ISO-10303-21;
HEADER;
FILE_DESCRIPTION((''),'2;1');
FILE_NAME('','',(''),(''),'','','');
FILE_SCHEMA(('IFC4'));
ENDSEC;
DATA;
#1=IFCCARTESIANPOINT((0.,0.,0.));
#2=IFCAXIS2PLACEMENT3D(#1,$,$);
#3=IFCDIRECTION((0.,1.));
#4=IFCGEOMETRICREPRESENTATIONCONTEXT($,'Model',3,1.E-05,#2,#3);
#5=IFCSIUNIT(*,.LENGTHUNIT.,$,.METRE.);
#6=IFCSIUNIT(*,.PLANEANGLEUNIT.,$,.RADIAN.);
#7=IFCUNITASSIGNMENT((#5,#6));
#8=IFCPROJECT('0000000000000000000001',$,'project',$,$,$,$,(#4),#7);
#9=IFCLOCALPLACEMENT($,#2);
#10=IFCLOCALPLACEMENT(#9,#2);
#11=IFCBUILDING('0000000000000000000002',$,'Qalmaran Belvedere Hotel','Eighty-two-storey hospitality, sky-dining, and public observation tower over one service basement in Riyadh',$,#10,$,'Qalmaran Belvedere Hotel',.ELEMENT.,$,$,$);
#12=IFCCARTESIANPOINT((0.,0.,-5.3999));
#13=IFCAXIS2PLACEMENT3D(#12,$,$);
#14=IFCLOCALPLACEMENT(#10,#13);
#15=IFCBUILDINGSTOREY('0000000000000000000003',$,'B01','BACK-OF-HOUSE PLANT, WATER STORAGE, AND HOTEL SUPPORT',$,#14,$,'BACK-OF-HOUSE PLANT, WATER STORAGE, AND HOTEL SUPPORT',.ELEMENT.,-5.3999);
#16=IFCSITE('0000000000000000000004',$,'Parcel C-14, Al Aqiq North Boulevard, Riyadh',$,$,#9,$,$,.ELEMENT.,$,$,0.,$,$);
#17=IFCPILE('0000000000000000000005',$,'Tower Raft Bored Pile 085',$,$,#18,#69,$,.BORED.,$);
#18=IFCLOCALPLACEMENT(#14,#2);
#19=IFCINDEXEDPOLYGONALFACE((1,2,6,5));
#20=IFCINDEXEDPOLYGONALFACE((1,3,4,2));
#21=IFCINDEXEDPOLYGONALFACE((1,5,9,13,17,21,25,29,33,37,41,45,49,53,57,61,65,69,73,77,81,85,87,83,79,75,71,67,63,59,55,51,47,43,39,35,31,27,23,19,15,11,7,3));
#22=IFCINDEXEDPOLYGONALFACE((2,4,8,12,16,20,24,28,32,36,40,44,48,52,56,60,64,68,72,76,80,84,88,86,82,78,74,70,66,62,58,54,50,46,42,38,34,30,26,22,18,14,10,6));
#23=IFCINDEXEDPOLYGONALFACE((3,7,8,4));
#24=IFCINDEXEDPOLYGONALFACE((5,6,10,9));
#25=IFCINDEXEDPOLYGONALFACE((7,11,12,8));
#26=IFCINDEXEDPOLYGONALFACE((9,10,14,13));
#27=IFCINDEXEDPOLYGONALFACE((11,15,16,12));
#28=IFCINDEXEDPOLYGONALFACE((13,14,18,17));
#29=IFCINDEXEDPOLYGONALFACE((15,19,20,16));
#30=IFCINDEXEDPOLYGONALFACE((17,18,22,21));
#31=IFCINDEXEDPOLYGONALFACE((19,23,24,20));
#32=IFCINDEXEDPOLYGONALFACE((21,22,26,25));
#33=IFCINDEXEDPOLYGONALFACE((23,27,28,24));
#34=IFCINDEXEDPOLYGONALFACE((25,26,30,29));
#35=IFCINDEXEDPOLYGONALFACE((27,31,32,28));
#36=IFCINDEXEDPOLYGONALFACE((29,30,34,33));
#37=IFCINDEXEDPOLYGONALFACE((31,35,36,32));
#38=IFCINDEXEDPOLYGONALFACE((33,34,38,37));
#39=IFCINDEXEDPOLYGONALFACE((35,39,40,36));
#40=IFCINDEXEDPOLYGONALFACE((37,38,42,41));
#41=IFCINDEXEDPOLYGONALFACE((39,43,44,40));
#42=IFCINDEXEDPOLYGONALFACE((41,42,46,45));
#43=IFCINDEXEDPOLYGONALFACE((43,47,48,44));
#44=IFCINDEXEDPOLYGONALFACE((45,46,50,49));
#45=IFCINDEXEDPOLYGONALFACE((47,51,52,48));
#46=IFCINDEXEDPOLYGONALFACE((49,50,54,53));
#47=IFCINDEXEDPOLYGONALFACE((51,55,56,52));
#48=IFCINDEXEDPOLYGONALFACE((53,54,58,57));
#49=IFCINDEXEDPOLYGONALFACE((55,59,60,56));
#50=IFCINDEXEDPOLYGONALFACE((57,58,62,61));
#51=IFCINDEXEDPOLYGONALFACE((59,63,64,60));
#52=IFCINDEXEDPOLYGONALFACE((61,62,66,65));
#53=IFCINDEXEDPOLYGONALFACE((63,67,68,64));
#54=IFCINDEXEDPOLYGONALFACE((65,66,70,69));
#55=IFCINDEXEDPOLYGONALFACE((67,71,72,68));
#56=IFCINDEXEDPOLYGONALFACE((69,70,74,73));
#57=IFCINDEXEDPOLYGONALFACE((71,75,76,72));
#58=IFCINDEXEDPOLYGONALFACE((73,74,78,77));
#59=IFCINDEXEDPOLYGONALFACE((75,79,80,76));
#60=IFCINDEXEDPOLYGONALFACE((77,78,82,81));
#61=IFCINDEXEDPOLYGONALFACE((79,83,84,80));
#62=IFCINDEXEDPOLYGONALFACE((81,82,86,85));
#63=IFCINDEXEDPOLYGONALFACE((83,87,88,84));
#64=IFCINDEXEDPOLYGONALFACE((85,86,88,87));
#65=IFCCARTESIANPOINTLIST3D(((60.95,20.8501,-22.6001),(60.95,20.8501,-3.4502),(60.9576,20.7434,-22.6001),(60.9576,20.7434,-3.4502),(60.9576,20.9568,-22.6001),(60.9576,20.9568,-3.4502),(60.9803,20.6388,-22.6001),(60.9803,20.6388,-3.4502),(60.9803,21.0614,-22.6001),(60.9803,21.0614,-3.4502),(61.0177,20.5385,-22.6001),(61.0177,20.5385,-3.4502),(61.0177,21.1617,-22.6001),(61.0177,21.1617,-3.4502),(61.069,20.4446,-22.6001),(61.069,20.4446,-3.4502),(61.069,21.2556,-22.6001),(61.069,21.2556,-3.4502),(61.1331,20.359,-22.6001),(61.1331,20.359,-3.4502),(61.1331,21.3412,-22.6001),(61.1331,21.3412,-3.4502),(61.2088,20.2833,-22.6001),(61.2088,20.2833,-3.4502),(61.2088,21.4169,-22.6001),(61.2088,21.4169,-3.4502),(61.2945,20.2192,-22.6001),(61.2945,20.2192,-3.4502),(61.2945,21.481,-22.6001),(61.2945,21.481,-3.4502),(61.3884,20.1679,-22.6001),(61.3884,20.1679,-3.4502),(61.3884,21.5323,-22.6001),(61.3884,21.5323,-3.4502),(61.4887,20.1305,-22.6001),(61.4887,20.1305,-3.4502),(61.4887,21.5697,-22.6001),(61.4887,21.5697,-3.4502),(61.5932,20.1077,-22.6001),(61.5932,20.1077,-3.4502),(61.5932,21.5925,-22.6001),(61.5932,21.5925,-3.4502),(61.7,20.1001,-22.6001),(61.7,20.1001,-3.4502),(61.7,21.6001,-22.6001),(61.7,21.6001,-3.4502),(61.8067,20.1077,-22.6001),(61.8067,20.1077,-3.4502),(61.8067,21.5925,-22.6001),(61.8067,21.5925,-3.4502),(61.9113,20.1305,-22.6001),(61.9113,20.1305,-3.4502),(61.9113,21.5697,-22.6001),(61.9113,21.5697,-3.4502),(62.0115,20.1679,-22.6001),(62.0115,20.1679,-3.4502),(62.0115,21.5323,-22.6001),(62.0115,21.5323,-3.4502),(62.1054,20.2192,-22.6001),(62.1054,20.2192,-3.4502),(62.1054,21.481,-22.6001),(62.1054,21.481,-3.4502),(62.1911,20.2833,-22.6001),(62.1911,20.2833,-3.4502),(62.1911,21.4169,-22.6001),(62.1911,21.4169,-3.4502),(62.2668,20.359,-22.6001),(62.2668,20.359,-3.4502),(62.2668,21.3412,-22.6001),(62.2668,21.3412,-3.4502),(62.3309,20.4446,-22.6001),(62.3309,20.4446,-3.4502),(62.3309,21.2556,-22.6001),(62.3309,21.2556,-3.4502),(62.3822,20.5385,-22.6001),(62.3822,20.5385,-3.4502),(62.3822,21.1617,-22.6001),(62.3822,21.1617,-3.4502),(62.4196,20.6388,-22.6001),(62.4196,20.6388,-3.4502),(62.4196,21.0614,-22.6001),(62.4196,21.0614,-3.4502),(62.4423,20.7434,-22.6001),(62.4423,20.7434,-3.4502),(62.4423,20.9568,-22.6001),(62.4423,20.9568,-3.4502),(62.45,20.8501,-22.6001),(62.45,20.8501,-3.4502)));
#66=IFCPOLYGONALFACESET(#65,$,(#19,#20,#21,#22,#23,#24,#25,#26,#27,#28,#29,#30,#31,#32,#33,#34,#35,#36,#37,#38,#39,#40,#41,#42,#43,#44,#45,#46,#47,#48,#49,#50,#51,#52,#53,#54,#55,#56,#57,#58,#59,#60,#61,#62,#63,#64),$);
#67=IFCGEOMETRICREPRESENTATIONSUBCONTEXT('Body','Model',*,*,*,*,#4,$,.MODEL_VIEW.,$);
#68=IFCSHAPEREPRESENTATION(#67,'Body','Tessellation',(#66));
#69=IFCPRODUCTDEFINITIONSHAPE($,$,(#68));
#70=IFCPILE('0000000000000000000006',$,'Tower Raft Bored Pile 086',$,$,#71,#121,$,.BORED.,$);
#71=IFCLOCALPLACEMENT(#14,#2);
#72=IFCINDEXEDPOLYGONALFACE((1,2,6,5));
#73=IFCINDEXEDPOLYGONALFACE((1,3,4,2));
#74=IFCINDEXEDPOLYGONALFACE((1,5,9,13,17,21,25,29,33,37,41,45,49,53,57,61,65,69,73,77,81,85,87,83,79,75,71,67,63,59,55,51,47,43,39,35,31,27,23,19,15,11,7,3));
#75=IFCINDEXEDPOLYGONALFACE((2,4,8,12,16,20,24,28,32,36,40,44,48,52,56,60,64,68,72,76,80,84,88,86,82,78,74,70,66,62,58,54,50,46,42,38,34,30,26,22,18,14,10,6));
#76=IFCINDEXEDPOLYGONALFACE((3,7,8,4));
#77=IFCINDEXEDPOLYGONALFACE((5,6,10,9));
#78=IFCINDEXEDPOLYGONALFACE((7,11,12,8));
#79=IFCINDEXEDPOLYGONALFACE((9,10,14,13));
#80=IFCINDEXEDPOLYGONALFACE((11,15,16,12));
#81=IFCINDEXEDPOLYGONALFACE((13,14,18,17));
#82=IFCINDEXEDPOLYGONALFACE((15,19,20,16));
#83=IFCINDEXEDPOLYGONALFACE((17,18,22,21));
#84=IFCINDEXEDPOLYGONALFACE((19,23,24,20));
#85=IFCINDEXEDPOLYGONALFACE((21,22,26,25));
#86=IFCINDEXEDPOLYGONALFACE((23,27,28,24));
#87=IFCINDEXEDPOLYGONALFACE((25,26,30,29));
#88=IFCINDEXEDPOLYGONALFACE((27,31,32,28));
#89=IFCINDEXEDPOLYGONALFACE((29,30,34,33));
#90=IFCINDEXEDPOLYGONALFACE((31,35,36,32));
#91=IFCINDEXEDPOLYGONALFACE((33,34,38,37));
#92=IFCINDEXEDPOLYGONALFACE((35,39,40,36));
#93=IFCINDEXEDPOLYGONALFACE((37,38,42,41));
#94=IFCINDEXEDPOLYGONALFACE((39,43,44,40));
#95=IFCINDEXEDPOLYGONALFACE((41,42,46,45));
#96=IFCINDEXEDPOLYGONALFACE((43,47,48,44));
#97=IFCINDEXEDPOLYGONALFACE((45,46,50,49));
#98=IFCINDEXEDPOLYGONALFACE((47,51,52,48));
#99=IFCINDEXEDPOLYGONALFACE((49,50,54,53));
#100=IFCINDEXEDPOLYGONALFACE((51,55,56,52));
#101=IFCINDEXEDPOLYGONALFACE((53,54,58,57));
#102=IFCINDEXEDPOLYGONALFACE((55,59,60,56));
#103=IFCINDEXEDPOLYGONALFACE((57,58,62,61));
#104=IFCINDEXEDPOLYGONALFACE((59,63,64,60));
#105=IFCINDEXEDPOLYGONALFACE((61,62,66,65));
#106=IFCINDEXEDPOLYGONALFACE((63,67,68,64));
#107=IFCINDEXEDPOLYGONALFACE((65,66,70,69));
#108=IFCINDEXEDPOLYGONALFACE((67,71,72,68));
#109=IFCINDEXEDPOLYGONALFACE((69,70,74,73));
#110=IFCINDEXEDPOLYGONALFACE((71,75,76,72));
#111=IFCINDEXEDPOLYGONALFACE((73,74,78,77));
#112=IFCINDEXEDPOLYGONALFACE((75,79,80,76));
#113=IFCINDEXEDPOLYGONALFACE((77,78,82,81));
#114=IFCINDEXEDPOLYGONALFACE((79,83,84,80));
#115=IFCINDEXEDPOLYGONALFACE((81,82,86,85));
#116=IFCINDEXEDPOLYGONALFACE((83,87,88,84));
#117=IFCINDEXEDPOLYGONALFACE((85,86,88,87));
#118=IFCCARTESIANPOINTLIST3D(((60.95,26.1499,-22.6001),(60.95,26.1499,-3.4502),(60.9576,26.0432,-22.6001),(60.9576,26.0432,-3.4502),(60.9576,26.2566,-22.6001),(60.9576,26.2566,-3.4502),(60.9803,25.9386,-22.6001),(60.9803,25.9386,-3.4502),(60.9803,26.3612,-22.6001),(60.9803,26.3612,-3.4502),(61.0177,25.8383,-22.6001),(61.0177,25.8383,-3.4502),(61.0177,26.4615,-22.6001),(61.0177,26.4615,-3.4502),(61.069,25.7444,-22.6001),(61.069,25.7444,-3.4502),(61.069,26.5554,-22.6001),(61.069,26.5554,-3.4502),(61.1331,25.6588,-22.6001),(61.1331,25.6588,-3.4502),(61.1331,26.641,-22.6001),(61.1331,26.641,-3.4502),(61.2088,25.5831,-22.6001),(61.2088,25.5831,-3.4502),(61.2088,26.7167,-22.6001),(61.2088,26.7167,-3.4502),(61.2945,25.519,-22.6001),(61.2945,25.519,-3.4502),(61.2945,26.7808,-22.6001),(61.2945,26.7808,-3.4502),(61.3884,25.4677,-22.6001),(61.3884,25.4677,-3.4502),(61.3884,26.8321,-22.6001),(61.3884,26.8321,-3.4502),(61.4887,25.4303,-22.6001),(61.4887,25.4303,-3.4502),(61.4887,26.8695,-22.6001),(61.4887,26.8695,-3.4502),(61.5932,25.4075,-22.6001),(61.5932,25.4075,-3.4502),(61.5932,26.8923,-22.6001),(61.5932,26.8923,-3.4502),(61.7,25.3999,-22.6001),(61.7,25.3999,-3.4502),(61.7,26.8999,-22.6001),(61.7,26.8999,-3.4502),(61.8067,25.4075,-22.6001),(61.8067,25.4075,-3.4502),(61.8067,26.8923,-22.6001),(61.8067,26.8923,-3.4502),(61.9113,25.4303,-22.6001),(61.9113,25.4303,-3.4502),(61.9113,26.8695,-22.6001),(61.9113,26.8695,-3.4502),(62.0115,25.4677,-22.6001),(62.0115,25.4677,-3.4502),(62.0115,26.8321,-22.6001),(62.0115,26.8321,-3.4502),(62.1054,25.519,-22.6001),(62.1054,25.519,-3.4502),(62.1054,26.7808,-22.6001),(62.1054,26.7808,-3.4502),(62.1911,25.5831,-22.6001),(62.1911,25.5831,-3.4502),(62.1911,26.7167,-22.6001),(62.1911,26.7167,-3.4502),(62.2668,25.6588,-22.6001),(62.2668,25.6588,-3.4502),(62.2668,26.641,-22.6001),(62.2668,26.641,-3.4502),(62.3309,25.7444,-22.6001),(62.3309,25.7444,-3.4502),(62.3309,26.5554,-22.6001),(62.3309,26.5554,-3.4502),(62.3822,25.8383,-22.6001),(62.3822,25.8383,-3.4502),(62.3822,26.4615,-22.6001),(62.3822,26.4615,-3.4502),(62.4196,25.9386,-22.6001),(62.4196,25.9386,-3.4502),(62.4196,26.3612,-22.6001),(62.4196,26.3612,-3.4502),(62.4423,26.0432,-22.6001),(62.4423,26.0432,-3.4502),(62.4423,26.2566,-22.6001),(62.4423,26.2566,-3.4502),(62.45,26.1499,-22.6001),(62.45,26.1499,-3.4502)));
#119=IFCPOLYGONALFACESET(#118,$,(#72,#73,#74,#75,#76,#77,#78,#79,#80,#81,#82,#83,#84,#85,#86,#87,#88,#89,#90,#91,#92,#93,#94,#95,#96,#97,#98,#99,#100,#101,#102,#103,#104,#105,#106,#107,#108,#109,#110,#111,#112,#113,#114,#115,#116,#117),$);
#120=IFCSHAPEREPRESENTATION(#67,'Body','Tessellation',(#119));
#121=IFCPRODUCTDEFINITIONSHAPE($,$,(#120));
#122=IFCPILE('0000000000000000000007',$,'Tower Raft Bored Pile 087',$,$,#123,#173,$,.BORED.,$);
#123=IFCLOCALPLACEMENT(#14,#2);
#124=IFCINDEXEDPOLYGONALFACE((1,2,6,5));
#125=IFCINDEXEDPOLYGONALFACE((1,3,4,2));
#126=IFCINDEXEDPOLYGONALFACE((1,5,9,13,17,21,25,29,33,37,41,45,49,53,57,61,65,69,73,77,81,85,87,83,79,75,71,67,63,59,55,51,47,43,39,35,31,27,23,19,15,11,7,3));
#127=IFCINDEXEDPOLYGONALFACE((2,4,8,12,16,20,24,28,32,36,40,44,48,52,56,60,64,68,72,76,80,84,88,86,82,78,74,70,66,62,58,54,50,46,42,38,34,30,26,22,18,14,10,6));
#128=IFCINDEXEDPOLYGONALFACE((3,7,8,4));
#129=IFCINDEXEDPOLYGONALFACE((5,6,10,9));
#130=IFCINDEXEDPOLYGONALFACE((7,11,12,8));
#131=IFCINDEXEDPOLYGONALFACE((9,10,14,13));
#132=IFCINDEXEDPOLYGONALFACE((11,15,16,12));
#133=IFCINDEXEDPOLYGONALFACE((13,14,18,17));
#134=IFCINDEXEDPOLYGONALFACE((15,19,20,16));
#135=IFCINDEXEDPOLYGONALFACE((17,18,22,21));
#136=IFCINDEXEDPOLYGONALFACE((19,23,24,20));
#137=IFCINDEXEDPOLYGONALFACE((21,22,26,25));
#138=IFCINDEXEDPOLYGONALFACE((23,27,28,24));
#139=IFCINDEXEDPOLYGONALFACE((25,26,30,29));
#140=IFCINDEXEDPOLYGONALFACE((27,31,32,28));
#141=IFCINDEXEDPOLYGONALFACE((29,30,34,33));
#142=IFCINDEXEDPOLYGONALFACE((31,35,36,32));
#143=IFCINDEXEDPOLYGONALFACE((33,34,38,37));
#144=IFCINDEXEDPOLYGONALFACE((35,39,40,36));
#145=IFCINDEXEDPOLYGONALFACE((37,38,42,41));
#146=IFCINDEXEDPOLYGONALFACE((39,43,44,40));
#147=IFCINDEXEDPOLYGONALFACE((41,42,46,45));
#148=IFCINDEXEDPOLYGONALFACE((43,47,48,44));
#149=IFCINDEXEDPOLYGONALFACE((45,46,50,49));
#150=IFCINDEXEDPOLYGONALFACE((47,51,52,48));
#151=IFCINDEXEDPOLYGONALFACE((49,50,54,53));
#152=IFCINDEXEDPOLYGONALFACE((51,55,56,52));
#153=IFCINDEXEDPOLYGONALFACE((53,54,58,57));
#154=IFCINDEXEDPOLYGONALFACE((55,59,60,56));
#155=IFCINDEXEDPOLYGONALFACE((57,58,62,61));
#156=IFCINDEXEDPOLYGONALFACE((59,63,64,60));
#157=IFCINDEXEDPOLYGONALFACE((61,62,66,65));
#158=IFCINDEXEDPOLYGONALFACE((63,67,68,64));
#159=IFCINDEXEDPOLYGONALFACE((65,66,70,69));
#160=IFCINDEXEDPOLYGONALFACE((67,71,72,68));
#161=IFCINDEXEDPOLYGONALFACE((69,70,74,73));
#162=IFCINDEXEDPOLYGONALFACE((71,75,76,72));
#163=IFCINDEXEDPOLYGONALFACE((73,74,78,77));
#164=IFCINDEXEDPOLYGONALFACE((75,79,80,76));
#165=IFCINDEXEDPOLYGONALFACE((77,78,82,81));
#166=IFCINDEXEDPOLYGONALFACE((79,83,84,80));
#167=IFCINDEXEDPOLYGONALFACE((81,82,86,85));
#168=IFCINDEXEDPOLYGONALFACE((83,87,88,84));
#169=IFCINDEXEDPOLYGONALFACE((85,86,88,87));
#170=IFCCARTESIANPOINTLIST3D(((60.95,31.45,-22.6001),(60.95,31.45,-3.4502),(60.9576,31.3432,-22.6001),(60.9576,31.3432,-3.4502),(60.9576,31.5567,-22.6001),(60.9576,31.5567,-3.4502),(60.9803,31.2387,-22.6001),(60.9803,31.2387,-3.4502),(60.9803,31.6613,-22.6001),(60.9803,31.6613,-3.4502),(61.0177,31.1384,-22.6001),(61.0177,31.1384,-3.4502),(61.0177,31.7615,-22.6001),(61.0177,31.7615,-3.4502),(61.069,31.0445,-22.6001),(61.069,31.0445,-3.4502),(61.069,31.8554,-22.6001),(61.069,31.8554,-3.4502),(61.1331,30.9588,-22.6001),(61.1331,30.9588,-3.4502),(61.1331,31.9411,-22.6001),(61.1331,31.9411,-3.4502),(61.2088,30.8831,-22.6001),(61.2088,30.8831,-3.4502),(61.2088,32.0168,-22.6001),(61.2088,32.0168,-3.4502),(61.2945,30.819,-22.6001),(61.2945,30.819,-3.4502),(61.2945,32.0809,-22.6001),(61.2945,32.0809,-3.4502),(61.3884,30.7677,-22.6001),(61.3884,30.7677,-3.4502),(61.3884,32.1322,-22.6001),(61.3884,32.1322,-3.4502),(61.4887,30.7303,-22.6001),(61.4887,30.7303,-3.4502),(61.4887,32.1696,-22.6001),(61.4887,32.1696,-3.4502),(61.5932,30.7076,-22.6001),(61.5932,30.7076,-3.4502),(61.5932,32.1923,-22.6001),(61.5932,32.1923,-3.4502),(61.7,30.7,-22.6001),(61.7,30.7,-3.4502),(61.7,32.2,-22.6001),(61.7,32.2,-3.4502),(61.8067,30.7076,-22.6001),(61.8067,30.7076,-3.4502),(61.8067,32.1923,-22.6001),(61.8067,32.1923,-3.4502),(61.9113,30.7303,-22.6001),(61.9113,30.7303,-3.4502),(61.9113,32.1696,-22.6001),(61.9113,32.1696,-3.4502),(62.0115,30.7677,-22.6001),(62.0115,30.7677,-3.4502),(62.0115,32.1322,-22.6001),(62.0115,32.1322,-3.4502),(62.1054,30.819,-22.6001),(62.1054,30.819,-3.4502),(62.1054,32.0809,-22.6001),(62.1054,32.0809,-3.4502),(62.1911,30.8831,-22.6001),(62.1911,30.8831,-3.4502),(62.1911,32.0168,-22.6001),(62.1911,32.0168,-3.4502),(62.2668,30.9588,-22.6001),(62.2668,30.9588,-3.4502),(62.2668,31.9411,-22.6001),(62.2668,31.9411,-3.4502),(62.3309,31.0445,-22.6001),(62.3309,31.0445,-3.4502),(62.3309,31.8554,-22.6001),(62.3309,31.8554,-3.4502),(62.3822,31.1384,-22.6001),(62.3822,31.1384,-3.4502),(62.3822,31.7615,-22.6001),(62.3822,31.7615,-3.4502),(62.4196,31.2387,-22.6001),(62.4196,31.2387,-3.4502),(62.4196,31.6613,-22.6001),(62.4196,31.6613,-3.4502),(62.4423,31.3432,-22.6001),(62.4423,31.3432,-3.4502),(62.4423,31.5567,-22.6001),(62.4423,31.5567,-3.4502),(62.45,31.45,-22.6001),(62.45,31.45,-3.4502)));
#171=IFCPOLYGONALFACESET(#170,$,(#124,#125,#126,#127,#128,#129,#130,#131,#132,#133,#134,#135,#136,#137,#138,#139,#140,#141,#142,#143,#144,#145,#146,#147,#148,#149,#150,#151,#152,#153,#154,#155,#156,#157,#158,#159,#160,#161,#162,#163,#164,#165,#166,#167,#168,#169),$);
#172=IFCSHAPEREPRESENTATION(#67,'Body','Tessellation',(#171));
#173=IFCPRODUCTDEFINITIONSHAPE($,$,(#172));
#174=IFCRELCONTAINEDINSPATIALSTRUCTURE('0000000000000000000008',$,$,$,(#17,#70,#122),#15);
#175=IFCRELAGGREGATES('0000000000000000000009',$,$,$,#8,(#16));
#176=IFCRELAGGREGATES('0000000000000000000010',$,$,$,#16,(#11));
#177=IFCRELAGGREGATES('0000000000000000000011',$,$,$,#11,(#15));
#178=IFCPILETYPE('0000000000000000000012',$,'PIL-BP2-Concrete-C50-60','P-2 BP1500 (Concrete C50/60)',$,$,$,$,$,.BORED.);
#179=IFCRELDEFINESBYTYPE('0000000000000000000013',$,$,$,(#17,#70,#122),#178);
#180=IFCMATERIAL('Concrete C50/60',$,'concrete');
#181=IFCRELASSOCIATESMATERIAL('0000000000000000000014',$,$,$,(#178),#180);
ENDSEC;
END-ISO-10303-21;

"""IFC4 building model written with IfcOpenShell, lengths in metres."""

from ifc_helpers import new_model, si_unit, direction, frame, origin, origin_2d, place, context, subcontext, project, spatial, circle, extrude, material, material_profile, profile_set, type_object, element, save


model = new_model("IFC4")

# Units and contexts
model_context = context("Model", 3, precision=1e-05, world=origin(), true_north=direction((0.0, 1.0)))
body_context = subcontext(model_context, "Body", "Model", "MODEL_VIEW")
ifc_project = project(units=[si_unit("LENGTHUNIT", "METRE"), si_unit("PLANEANGLEUNIT", "RADIAN")], contexts=[model_context])

# Site, building, storey
site_placement = place(None, origin())
site = spatial("IfcSite", under=ifc_project, at=site_placement, Name="Parcel C-14, Al Aqiq North Boulevard, Riyadh", CompositionType="ELEMENT", RefElevation=0.0)
building_placement = place(site_placement, origin())
building = spatial("IfcBuilding", under=site, at=building_placement, Name="Qalmaran Belvedere Hotel", Description="Eighty-two-storey hospitality, sky-dining, and public observation tower over one service basement in Riyadh", LongName="Qalmaran Belvedere Hotel", CompositionType="ELEMENT")
storey_placement = place(building_placement, frame((0.0, 0.0, -5.3999)))
storey = spatial("IfcBuildingStorey", under=building, at=storey_placement, Name="B01", Description="BACK-OF-HOUSE PLANT, WATER STORAGE, AND HOTEL SUPPORT", LongName="BACK-OF-HOUSE PLANT, WATER STORAGE, AND HOTEL SUPPORT", CompositionType="ELEMENT", Elevation=-5.3999)

# Shared definitions
ifc_material_1 = material(Name="Concrete C50/60", Category="concrete")

# Piles
ifc_material_profile_1 = material_profile(ifc_material_1, circle(Radius=0.75, at=origin_2d()), Name="BP1500")
ifc_profile_set_1 = profile_set([ifc_material_profile_1], Name="Concrete C50/60")
pile_type_1 = type_object("IfcPileType", Name="PIL-BP2-Concrete-C50-60", Description="P-2 BP1500 (Concrete C50/60)", PredefinedType="BORED", material=ifc_profile_set_1)
for number, where, z_axis, x_axis, name in (
    (1, (61.7, 20.8501, -3.4502), (0.0, 0.0, -1.0), (1.0, 0.0, 0.0), "Tower Raft Bored Pile 085"),
    (2, (61.7, 26.1499, -3.4502), (0.0, 0.0, -1.0), (1.0, 0.0, 0.0), "Tower Raft Bored Pile 086"),
    (3, (61.7, 31.45, -3.4502), (0.0, 0.0, -1.0), (1.0, 0.0, 0.0), "Tower Raft Bored Pile 087"),
):
    element("IfcPile", number, at=place(storey_placement, frame(where, z_axis=z_axis, x_axis=x_axis)), inside=storey, type_object=pile_type_1, Name=name, PredefinedType="BORED", context=body_context, shape_type="SweptSolid", body=[
        extrude(circle(Radius=0.75, at=origin_2d()), origin(), (0.0, 0.0, 1.0), 19.1499),
    ])

save(model, "model.ifc")
